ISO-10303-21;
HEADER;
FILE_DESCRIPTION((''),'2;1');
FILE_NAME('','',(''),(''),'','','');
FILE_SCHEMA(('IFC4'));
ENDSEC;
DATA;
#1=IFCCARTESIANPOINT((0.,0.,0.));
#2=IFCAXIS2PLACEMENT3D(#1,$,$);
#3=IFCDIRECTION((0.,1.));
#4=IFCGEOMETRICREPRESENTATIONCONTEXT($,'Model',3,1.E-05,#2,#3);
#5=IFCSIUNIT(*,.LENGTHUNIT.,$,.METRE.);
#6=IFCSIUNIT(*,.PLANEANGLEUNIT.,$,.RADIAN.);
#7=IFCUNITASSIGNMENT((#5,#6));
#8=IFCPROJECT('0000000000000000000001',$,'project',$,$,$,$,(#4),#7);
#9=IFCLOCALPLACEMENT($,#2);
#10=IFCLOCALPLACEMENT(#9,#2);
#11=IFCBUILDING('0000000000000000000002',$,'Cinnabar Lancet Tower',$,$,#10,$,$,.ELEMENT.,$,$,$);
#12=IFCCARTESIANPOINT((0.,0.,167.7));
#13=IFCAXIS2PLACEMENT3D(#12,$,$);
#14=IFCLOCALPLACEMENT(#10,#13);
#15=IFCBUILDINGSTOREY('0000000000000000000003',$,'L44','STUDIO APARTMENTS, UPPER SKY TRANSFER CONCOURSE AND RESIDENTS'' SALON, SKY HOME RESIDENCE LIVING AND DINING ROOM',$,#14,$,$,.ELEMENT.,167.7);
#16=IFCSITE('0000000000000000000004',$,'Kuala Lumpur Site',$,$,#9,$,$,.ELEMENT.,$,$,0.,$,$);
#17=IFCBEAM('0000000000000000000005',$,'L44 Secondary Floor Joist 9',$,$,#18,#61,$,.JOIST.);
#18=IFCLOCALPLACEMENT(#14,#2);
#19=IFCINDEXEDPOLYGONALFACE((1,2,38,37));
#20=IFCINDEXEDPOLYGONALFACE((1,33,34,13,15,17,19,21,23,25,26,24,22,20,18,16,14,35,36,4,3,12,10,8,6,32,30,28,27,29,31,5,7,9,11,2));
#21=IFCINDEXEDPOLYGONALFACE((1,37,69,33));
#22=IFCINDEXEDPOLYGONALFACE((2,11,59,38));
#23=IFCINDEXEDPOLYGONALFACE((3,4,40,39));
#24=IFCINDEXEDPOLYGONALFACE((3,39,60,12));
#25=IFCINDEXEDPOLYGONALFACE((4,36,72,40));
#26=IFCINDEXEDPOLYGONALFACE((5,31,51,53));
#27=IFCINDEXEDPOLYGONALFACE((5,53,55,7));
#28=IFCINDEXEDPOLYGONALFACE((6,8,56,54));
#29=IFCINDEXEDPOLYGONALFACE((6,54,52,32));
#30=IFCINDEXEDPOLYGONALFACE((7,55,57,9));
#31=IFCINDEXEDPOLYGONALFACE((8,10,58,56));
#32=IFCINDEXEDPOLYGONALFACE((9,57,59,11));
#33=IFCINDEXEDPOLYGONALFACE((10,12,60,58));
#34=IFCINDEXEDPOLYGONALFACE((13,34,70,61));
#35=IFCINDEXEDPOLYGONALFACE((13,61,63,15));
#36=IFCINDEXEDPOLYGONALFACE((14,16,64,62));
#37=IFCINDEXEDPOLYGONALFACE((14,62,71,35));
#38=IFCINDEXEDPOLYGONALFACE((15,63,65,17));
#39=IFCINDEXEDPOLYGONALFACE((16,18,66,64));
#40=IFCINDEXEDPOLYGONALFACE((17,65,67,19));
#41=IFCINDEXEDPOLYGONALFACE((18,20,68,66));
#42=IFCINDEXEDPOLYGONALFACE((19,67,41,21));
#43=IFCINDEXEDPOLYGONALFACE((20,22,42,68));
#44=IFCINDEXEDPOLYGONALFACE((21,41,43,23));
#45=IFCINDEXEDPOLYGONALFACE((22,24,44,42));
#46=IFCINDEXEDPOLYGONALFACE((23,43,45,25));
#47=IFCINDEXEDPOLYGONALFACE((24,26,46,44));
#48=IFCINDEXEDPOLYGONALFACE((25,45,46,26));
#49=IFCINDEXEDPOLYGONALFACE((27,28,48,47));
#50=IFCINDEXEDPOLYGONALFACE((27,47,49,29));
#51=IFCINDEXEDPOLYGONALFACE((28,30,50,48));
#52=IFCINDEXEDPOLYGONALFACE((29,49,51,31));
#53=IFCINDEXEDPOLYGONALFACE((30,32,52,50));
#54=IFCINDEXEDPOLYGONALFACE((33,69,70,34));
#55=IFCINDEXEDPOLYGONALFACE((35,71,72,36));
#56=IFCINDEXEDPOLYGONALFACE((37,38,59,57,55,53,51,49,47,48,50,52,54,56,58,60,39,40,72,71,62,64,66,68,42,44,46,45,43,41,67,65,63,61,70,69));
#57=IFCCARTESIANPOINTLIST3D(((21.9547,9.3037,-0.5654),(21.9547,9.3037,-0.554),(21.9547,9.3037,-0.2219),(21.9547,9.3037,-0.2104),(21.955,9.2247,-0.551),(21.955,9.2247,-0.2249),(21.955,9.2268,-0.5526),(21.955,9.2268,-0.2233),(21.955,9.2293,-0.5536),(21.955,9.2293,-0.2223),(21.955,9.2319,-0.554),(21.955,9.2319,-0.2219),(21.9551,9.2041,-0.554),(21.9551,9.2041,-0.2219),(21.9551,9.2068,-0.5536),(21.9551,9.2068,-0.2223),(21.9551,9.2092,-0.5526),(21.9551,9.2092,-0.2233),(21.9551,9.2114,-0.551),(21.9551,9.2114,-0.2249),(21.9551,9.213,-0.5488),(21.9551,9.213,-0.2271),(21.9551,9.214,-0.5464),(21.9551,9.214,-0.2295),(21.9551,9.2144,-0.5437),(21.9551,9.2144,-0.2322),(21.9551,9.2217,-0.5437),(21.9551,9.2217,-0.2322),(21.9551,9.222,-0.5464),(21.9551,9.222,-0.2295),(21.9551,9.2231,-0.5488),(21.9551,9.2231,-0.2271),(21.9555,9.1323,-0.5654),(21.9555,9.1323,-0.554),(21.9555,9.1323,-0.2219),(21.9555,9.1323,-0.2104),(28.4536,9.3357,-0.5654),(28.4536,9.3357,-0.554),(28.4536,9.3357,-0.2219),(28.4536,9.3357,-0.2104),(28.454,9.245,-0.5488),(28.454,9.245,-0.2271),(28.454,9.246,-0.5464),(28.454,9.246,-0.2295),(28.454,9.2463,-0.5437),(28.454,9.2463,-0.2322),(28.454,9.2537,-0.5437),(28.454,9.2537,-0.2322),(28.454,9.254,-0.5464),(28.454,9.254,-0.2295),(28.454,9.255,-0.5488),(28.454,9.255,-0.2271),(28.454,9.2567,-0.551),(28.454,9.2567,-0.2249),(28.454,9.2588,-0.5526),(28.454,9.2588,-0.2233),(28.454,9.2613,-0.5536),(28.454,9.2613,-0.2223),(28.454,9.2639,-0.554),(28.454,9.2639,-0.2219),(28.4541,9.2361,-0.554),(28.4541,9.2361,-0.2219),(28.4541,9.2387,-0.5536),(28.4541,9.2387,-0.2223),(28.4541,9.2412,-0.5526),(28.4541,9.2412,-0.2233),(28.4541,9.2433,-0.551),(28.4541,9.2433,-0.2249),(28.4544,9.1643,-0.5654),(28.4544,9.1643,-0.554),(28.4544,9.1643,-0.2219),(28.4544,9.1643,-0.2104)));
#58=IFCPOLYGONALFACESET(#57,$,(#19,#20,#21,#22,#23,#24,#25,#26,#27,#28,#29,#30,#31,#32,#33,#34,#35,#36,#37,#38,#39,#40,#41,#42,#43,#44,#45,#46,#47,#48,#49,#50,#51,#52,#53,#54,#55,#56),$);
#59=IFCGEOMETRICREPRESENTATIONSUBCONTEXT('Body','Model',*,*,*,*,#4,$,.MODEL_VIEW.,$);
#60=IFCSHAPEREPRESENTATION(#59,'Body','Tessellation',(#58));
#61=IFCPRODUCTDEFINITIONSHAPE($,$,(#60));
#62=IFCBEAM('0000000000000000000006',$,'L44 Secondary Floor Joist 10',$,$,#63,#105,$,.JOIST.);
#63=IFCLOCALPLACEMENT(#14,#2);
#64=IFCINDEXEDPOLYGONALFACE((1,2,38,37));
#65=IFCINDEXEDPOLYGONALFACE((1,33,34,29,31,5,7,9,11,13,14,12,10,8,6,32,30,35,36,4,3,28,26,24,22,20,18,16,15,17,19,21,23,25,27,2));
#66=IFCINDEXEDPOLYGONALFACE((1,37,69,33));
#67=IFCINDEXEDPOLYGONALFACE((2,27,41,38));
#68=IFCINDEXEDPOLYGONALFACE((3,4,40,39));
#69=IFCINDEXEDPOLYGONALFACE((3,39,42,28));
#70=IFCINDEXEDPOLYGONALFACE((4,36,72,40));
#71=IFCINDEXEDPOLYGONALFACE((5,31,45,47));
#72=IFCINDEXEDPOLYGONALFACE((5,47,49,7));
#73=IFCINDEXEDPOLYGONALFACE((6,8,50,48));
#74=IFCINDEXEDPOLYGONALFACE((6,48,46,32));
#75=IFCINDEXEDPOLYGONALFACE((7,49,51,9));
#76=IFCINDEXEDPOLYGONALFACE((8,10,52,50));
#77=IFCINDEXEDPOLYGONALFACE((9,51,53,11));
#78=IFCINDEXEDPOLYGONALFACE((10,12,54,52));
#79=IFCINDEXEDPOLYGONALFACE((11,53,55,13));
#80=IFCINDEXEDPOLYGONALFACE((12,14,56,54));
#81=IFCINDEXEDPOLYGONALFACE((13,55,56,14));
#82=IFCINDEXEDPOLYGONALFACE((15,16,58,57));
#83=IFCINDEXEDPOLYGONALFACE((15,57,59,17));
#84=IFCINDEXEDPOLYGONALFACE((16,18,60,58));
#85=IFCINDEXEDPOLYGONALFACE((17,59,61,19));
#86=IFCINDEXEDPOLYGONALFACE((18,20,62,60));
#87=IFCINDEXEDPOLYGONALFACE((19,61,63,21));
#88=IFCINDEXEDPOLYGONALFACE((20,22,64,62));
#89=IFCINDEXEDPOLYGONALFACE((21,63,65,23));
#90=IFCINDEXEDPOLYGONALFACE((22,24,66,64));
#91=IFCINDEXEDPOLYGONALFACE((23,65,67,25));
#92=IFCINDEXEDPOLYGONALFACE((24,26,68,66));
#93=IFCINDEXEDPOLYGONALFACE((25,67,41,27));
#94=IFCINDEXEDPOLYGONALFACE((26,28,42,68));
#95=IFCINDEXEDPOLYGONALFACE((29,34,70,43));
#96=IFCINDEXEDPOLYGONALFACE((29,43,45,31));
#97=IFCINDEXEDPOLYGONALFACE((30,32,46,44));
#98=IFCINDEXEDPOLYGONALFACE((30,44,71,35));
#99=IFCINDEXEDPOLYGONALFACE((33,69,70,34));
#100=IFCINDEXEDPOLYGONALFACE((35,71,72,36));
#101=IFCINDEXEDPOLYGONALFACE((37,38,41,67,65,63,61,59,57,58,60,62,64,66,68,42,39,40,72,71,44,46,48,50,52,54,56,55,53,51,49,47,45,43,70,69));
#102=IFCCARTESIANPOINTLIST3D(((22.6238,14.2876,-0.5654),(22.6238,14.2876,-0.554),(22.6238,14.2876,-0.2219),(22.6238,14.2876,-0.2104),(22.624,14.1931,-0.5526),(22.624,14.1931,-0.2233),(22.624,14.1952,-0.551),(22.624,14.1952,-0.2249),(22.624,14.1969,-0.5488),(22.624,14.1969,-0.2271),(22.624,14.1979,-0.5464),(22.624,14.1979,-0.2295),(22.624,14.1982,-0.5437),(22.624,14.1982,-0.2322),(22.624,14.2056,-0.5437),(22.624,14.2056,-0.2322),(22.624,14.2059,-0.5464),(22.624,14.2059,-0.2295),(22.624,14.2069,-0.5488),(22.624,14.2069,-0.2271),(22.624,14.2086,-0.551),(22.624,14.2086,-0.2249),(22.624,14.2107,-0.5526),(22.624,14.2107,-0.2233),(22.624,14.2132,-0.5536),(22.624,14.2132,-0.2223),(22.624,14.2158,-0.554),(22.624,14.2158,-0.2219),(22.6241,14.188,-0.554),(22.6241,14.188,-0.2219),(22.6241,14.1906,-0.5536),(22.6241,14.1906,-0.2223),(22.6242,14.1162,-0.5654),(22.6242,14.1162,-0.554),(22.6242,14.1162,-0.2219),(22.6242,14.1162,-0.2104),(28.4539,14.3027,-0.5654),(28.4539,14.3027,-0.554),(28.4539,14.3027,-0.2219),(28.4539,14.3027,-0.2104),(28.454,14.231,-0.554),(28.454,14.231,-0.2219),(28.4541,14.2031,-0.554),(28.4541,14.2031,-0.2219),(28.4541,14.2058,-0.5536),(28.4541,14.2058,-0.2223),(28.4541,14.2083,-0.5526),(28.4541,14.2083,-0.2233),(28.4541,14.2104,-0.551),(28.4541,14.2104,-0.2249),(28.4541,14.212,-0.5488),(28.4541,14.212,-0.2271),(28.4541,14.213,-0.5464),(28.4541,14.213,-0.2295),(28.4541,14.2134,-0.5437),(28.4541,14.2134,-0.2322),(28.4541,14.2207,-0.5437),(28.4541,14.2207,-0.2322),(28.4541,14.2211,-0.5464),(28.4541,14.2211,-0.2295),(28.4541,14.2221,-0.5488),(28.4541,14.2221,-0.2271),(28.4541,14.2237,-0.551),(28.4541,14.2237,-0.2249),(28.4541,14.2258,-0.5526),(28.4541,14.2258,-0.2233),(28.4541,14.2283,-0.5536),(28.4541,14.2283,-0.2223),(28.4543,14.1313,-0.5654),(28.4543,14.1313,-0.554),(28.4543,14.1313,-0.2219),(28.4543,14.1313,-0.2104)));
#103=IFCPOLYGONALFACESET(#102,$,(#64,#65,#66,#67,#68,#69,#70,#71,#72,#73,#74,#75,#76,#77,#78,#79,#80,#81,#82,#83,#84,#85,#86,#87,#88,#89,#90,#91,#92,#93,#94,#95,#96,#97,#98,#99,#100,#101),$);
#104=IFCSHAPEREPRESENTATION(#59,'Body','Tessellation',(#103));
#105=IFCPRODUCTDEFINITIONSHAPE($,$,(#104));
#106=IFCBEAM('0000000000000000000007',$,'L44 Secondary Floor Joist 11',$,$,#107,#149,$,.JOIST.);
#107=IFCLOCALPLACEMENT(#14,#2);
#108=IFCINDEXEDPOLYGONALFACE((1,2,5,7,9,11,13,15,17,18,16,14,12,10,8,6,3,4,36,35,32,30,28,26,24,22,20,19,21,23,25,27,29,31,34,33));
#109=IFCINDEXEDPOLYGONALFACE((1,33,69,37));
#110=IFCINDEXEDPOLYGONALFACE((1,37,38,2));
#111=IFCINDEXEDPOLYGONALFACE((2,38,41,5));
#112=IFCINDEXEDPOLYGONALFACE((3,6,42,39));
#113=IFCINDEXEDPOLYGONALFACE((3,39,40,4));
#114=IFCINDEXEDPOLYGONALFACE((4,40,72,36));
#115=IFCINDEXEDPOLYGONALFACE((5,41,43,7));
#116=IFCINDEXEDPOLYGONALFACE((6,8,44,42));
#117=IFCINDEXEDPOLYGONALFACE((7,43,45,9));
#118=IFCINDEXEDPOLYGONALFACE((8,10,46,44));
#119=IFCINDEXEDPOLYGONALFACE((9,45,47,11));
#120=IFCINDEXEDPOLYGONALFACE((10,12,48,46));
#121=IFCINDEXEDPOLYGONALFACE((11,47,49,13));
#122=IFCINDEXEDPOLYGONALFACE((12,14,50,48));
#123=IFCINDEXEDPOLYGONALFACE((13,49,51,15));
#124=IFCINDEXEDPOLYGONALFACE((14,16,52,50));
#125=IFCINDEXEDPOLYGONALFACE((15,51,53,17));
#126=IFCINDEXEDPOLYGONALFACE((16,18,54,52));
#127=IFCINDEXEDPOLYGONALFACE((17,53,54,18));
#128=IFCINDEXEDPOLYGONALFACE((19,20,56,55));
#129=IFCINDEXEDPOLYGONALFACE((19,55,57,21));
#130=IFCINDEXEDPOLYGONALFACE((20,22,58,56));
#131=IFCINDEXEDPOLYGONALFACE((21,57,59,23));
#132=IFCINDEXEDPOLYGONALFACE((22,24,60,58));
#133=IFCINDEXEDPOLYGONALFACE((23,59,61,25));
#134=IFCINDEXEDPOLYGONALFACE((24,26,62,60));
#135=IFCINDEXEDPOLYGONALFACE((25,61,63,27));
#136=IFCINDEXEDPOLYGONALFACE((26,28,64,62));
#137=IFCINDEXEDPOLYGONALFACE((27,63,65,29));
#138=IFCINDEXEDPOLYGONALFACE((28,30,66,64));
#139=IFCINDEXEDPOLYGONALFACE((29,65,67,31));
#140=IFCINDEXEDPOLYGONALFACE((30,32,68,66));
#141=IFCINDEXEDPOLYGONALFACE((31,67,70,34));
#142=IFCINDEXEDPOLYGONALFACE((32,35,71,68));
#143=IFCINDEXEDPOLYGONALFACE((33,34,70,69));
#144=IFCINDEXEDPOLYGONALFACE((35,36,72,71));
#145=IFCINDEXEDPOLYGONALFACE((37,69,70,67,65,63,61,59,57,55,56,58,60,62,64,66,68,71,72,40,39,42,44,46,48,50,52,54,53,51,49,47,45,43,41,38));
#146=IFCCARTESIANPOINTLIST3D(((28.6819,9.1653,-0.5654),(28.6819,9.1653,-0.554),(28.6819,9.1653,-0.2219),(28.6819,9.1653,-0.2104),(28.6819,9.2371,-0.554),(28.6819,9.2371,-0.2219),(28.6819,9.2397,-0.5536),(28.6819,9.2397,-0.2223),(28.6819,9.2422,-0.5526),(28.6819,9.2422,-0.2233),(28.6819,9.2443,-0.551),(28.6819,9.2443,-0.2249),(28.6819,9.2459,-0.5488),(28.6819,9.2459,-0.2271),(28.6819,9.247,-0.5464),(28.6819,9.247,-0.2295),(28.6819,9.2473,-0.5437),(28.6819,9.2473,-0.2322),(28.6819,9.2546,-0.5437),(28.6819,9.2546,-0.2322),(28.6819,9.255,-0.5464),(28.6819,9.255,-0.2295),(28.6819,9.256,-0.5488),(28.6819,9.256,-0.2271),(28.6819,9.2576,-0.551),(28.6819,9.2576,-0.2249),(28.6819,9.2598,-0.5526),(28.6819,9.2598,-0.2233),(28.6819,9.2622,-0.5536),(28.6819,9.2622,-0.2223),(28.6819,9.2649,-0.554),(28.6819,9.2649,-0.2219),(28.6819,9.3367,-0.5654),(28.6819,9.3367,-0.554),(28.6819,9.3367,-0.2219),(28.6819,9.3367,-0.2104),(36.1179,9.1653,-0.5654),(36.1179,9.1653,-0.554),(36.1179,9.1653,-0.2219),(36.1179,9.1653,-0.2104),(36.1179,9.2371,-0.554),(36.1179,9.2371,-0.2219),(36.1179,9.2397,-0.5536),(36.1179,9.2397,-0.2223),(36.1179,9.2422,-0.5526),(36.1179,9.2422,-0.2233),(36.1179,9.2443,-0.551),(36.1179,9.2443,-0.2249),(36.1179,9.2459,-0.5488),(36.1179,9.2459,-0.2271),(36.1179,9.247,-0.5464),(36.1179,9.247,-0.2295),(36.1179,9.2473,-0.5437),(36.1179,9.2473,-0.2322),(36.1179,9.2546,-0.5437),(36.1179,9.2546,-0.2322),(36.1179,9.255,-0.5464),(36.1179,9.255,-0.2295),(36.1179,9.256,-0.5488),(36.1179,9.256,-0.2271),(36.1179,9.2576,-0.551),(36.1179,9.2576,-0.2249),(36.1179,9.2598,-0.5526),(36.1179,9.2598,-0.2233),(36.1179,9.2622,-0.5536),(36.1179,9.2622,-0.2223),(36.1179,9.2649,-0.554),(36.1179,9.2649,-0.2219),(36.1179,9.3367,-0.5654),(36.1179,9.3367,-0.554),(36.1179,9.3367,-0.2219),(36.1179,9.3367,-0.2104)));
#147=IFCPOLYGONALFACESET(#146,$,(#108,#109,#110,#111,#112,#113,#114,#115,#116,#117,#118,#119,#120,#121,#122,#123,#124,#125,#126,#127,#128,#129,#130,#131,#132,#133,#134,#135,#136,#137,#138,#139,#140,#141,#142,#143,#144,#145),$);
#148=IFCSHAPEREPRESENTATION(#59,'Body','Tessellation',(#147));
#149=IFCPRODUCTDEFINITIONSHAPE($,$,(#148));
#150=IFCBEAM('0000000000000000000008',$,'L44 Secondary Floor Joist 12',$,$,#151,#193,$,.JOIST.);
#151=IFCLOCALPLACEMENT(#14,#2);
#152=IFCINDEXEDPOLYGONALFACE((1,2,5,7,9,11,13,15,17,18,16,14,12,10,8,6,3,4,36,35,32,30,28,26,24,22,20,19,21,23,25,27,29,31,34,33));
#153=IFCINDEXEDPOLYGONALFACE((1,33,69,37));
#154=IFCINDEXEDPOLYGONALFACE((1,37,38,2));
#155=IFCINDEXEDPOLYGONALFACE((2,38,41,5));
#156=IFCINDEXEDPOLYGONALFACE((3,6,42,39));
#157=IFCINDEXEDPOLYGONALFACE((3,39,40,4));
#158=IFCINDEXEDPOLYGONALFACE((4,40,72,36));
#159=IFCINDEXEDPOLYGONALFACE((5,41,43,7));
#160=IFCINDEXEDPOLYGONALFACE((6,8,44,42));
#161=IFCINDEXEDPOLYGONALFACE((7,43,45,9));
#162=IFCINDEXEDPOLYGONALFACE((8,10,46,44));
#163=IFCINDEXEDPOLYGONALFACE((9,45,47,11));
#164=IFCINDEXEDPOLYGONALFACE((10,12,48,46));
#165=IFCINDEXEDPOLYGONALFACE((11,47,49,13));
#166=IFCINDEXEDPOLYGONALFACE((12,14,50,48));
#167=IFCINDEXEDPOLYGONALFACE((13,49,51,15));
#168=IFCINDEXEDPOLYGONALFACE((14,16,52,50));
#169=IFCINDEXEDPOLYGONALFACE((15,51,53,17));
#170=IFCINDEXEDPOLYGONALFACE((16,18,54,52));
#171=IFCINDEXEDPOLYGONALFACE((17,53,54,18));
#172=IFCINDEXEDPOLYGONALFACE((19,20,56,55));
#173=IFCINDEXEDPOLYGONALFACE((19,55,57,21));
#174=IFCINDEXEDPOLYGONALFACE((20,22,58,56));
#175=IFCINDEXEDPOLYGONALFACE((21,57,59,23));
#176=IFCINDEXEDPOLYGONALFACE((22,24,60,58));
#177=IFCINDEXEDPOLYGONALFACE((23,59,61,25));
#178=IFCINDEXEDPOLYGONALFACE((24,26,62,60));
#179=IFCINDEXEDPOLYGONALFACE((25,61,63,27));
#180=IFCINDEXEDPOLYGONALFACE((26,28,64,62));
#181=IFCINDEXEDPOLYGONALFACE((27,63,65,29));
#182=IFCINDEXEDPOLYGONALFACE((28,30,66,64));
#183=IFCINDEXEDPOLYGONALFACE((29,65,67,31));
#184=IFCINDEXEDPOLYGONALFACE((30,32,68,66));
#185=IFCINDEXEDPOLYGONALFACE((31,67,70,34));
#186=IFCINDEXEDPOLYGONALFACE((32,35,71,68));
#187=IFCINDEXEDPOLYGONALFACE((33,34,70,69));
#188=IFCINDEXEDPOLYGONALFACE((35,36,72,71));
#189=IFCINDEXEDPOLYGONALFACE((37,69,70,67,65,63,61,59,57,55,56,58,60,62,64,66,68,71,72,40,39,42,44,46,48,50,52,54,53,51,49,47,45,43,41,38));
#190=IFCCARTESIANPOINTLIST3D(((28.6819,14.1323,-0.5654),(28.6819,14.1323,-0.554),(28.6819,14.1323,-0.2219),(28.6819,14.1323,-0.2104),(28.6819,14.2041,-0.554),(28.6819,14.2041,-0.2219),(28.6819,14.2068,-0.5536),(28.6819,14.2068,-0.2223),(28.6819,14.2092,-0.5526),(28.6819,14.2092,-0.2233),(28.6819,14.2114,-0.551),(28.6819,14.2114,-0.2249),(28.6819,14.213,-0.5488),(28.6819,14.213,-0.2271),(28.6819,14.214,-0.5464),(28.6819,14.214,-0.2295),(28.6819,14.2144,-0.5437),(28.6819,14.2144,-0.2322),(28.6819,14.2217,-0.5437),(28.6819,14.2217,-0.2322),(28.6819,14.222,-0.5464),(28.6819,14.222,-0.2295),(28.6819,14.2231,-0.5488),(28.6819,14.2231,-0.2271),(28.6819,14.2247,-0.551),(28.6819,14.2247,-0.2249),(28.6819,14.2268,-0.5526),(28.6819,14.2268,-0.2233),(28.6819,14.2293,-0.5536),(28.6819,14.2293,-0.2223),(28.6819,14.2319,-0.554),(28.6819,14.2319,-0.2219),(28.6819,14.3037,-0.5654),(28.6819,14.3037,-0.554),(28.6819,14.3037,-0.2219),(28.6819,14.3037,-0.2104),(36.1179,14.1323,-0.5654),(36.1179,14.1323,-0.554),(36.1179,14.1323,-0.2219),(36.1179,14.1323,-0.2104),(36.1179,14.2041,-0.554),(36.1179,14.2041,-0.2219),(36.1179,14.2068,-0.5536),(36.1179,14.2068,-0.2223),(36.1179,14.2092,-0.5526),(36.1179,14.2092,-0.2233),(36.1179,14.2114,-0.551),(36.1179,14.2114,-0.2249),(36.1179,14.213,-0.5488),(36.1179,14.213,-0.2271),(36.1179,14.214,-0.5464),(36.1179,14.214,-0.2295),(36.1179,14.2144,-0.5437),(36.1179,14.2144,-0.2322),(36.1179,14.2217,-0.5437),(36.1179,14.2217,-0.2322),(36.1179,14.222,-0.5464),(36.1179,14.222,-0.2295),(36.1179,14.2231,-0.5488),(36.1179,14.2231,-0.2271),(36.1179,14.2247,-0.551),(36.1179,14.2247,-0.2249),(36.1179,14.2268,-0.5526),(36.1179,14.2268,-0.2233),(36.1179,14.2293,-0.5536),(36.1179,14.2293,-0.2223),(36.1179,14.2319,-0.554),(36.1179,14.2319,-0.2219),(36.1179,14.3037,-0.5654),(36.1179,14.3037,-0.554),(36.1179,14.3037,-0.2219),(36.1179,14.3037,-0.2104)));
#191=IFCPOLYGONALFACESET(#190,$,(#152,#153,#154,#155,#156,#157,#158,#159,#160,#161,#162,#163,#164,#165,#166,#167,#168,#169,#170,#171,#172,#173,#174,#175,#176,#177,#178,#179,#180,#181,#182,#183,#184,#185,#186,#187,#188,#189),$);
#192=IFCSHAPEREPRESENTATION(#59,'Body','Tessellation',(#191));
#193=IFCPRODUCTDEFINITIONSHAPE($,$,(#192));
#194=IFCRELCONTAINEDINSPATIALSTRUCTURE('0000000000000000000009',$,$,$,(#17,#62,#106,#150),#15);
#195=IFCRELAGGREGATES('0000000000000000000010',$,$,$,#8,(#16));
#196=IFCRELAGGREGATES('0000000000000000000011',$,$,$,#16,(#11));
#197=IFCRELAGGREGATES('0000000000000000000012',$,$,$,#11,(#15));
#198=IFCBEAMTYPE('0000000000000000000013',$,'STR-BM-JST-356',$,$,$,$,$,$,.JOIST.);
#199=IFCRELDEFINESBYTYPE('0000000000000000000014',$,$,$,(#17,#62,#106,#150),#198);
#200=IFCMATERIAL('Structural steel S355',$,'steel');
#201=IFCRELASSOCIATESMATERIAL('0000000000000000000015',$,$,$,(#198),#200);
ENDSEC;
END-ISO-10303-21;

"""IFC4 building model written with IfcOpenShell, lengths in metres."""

from ifc_helpers import new_model, si_unit, direction, frame, origin, origin_2d, place, context, subcontext, project, spatial, i_section, extrude, material, material_profile, profile_set, type_object, element, save


model = new_model("IFC4")

# Units and contexts
model_context = context("Model", 3, precision=1e-05, world=origin(), true_north=direction((0.0, 1.0)))
body_context = subcontext(model_context, "Body", "Model", "MODEL_VIEW")
ifc_project = project(units=[si_unit("LENGTHUNIT", "METRE"), si_unit("PLANEANGLEUNIT", "RADIAN")], contexts=[model_context])

# Site, building, storey
site_placement = place(None, origin())
site = spatial("IfcSite", under=ifc_project, at=site_placement, Name="Kuala Lumpur Site", CompositionType="ELEMENT", RefElevation=0.0)
building_placement = place(site_placement, origin())
building = spatial("IfcBuilding", under=site, at=building_placement, Name="Cinnabar Lancet Tower", CompositionType="ELEMENT")
storey_placement = place(building_placement, frame((0.0, 0.0, 167.7)))
storey = spatial("IfcBuildingStorey", under=building, at=storey_placement, Name="L44", Description="STUDIO APARTMENTS, UPPER SKY TRANSFER CONCOURSE AND RESIDENTS' SALON, SKY HOME RESIDENCE LIVING AND DINING ROOM", CompositionType="ELEMENT", Elevation=167.7)

# Beams
ifc_material_1 = material(Name="Structural steel S355", Category="steel")
ifc_material_profile_1 = material_profile(ifc_material_1, i_section(OverallWidth=0.1714, OverallDepth=0.355, WebThickness=0.0073, FlangeThickness=0.0115, FilletRadius=0.0103, at=origin_2d()), Name="UKB 356x171x51")
ifc_profile_set_1 = profile_set([ifc_material_profile_1], Name="Structural steel S355")
beam_type_1 = type_object("IfcBeamType", Name="STR-BM-JST-356", PredefinedType="JOIST", material=ifc_profile_set_1)
beam_1_placement = place(storey_placement, frame((21.9551, 9.218, -0.3879), z_axis=(0.999988, 0.004921, 0.0), x_axis=(-0.004921, 0.999988, 0.0)))
element("IfcBeam", 1, at=beam_1_placement, inside=storey, type_object=beam_type_1, Name="L44 Secondary Floor Joist 9", PredefinedType="JOIST", context=body_context, shape_type="SweptSolid", body=[
    extrude(i_section(OverallWidth=0.1714, OverallDepth=0.355, WebThickness=0.0073, FlangeThickness=0.0115, FilletRadius=0.0103, at=origin_2d()), origin(), (0.0, 0.0, 1.0), 6.499),
])
beam_2_placement = place(storey_placement, frame((22.624, 14.2019, -0.3879), z_axis=(0.999997, 0.002596, 0.0), x_axis=(-0.002596, 0.999997, 0.0)))
element("IfcBeam", 2, at=beam_2_placement, inside=storey, type_object=beam_type_1, Name="L44 Secondary Floor Joist 10", PredefinedType="JOIST", context=body_context, shape_type="SweptSolid", body=[
    extrude(i_section(OverallWidth=0.1714, OverallDepth=0.355, WebThickness=0.0073, FlangeThickness=0.0115, FilletRadius=0.0103, at=origin_2d()), origin(), (0.0, 0.0, 1.0), 5.8301),
])
for number, where, z_axis, x_axis, name in (
    (3, (28.6819, 9.251, -0.3879), (1.0, 0.0, 0.0), (0.0, 1.0, 0.0), "L44 Secondary Floor Joist 11"),
    (4, (28.6819, 14.218, -0.3879), (1.0, 0.0, 0.0), (0.0, 1.0, 0.0), "L44 Secondary Floor Joist 12"),
):
    element("IfcBeam", number, at=place(storey_placement, frame(where, z_axis=z_axis, x_axis=x_axis)), inside=storey, type_object=beam_type_1, Name=name, PredefinedType="JOIST", context=body_context, shape_type="SweptSolid", body=[
        extrude(i_section(OverallWidth=0.1714, OverallDepth=0.355, WebThickness=0.0073, FlangeThickness=0.0115, FilletRadius=0.0103, at=origin_2d()), origin(), (0.0, 0.0, 1.0), 7.436),
    ])

save(model, "model.ifc")
